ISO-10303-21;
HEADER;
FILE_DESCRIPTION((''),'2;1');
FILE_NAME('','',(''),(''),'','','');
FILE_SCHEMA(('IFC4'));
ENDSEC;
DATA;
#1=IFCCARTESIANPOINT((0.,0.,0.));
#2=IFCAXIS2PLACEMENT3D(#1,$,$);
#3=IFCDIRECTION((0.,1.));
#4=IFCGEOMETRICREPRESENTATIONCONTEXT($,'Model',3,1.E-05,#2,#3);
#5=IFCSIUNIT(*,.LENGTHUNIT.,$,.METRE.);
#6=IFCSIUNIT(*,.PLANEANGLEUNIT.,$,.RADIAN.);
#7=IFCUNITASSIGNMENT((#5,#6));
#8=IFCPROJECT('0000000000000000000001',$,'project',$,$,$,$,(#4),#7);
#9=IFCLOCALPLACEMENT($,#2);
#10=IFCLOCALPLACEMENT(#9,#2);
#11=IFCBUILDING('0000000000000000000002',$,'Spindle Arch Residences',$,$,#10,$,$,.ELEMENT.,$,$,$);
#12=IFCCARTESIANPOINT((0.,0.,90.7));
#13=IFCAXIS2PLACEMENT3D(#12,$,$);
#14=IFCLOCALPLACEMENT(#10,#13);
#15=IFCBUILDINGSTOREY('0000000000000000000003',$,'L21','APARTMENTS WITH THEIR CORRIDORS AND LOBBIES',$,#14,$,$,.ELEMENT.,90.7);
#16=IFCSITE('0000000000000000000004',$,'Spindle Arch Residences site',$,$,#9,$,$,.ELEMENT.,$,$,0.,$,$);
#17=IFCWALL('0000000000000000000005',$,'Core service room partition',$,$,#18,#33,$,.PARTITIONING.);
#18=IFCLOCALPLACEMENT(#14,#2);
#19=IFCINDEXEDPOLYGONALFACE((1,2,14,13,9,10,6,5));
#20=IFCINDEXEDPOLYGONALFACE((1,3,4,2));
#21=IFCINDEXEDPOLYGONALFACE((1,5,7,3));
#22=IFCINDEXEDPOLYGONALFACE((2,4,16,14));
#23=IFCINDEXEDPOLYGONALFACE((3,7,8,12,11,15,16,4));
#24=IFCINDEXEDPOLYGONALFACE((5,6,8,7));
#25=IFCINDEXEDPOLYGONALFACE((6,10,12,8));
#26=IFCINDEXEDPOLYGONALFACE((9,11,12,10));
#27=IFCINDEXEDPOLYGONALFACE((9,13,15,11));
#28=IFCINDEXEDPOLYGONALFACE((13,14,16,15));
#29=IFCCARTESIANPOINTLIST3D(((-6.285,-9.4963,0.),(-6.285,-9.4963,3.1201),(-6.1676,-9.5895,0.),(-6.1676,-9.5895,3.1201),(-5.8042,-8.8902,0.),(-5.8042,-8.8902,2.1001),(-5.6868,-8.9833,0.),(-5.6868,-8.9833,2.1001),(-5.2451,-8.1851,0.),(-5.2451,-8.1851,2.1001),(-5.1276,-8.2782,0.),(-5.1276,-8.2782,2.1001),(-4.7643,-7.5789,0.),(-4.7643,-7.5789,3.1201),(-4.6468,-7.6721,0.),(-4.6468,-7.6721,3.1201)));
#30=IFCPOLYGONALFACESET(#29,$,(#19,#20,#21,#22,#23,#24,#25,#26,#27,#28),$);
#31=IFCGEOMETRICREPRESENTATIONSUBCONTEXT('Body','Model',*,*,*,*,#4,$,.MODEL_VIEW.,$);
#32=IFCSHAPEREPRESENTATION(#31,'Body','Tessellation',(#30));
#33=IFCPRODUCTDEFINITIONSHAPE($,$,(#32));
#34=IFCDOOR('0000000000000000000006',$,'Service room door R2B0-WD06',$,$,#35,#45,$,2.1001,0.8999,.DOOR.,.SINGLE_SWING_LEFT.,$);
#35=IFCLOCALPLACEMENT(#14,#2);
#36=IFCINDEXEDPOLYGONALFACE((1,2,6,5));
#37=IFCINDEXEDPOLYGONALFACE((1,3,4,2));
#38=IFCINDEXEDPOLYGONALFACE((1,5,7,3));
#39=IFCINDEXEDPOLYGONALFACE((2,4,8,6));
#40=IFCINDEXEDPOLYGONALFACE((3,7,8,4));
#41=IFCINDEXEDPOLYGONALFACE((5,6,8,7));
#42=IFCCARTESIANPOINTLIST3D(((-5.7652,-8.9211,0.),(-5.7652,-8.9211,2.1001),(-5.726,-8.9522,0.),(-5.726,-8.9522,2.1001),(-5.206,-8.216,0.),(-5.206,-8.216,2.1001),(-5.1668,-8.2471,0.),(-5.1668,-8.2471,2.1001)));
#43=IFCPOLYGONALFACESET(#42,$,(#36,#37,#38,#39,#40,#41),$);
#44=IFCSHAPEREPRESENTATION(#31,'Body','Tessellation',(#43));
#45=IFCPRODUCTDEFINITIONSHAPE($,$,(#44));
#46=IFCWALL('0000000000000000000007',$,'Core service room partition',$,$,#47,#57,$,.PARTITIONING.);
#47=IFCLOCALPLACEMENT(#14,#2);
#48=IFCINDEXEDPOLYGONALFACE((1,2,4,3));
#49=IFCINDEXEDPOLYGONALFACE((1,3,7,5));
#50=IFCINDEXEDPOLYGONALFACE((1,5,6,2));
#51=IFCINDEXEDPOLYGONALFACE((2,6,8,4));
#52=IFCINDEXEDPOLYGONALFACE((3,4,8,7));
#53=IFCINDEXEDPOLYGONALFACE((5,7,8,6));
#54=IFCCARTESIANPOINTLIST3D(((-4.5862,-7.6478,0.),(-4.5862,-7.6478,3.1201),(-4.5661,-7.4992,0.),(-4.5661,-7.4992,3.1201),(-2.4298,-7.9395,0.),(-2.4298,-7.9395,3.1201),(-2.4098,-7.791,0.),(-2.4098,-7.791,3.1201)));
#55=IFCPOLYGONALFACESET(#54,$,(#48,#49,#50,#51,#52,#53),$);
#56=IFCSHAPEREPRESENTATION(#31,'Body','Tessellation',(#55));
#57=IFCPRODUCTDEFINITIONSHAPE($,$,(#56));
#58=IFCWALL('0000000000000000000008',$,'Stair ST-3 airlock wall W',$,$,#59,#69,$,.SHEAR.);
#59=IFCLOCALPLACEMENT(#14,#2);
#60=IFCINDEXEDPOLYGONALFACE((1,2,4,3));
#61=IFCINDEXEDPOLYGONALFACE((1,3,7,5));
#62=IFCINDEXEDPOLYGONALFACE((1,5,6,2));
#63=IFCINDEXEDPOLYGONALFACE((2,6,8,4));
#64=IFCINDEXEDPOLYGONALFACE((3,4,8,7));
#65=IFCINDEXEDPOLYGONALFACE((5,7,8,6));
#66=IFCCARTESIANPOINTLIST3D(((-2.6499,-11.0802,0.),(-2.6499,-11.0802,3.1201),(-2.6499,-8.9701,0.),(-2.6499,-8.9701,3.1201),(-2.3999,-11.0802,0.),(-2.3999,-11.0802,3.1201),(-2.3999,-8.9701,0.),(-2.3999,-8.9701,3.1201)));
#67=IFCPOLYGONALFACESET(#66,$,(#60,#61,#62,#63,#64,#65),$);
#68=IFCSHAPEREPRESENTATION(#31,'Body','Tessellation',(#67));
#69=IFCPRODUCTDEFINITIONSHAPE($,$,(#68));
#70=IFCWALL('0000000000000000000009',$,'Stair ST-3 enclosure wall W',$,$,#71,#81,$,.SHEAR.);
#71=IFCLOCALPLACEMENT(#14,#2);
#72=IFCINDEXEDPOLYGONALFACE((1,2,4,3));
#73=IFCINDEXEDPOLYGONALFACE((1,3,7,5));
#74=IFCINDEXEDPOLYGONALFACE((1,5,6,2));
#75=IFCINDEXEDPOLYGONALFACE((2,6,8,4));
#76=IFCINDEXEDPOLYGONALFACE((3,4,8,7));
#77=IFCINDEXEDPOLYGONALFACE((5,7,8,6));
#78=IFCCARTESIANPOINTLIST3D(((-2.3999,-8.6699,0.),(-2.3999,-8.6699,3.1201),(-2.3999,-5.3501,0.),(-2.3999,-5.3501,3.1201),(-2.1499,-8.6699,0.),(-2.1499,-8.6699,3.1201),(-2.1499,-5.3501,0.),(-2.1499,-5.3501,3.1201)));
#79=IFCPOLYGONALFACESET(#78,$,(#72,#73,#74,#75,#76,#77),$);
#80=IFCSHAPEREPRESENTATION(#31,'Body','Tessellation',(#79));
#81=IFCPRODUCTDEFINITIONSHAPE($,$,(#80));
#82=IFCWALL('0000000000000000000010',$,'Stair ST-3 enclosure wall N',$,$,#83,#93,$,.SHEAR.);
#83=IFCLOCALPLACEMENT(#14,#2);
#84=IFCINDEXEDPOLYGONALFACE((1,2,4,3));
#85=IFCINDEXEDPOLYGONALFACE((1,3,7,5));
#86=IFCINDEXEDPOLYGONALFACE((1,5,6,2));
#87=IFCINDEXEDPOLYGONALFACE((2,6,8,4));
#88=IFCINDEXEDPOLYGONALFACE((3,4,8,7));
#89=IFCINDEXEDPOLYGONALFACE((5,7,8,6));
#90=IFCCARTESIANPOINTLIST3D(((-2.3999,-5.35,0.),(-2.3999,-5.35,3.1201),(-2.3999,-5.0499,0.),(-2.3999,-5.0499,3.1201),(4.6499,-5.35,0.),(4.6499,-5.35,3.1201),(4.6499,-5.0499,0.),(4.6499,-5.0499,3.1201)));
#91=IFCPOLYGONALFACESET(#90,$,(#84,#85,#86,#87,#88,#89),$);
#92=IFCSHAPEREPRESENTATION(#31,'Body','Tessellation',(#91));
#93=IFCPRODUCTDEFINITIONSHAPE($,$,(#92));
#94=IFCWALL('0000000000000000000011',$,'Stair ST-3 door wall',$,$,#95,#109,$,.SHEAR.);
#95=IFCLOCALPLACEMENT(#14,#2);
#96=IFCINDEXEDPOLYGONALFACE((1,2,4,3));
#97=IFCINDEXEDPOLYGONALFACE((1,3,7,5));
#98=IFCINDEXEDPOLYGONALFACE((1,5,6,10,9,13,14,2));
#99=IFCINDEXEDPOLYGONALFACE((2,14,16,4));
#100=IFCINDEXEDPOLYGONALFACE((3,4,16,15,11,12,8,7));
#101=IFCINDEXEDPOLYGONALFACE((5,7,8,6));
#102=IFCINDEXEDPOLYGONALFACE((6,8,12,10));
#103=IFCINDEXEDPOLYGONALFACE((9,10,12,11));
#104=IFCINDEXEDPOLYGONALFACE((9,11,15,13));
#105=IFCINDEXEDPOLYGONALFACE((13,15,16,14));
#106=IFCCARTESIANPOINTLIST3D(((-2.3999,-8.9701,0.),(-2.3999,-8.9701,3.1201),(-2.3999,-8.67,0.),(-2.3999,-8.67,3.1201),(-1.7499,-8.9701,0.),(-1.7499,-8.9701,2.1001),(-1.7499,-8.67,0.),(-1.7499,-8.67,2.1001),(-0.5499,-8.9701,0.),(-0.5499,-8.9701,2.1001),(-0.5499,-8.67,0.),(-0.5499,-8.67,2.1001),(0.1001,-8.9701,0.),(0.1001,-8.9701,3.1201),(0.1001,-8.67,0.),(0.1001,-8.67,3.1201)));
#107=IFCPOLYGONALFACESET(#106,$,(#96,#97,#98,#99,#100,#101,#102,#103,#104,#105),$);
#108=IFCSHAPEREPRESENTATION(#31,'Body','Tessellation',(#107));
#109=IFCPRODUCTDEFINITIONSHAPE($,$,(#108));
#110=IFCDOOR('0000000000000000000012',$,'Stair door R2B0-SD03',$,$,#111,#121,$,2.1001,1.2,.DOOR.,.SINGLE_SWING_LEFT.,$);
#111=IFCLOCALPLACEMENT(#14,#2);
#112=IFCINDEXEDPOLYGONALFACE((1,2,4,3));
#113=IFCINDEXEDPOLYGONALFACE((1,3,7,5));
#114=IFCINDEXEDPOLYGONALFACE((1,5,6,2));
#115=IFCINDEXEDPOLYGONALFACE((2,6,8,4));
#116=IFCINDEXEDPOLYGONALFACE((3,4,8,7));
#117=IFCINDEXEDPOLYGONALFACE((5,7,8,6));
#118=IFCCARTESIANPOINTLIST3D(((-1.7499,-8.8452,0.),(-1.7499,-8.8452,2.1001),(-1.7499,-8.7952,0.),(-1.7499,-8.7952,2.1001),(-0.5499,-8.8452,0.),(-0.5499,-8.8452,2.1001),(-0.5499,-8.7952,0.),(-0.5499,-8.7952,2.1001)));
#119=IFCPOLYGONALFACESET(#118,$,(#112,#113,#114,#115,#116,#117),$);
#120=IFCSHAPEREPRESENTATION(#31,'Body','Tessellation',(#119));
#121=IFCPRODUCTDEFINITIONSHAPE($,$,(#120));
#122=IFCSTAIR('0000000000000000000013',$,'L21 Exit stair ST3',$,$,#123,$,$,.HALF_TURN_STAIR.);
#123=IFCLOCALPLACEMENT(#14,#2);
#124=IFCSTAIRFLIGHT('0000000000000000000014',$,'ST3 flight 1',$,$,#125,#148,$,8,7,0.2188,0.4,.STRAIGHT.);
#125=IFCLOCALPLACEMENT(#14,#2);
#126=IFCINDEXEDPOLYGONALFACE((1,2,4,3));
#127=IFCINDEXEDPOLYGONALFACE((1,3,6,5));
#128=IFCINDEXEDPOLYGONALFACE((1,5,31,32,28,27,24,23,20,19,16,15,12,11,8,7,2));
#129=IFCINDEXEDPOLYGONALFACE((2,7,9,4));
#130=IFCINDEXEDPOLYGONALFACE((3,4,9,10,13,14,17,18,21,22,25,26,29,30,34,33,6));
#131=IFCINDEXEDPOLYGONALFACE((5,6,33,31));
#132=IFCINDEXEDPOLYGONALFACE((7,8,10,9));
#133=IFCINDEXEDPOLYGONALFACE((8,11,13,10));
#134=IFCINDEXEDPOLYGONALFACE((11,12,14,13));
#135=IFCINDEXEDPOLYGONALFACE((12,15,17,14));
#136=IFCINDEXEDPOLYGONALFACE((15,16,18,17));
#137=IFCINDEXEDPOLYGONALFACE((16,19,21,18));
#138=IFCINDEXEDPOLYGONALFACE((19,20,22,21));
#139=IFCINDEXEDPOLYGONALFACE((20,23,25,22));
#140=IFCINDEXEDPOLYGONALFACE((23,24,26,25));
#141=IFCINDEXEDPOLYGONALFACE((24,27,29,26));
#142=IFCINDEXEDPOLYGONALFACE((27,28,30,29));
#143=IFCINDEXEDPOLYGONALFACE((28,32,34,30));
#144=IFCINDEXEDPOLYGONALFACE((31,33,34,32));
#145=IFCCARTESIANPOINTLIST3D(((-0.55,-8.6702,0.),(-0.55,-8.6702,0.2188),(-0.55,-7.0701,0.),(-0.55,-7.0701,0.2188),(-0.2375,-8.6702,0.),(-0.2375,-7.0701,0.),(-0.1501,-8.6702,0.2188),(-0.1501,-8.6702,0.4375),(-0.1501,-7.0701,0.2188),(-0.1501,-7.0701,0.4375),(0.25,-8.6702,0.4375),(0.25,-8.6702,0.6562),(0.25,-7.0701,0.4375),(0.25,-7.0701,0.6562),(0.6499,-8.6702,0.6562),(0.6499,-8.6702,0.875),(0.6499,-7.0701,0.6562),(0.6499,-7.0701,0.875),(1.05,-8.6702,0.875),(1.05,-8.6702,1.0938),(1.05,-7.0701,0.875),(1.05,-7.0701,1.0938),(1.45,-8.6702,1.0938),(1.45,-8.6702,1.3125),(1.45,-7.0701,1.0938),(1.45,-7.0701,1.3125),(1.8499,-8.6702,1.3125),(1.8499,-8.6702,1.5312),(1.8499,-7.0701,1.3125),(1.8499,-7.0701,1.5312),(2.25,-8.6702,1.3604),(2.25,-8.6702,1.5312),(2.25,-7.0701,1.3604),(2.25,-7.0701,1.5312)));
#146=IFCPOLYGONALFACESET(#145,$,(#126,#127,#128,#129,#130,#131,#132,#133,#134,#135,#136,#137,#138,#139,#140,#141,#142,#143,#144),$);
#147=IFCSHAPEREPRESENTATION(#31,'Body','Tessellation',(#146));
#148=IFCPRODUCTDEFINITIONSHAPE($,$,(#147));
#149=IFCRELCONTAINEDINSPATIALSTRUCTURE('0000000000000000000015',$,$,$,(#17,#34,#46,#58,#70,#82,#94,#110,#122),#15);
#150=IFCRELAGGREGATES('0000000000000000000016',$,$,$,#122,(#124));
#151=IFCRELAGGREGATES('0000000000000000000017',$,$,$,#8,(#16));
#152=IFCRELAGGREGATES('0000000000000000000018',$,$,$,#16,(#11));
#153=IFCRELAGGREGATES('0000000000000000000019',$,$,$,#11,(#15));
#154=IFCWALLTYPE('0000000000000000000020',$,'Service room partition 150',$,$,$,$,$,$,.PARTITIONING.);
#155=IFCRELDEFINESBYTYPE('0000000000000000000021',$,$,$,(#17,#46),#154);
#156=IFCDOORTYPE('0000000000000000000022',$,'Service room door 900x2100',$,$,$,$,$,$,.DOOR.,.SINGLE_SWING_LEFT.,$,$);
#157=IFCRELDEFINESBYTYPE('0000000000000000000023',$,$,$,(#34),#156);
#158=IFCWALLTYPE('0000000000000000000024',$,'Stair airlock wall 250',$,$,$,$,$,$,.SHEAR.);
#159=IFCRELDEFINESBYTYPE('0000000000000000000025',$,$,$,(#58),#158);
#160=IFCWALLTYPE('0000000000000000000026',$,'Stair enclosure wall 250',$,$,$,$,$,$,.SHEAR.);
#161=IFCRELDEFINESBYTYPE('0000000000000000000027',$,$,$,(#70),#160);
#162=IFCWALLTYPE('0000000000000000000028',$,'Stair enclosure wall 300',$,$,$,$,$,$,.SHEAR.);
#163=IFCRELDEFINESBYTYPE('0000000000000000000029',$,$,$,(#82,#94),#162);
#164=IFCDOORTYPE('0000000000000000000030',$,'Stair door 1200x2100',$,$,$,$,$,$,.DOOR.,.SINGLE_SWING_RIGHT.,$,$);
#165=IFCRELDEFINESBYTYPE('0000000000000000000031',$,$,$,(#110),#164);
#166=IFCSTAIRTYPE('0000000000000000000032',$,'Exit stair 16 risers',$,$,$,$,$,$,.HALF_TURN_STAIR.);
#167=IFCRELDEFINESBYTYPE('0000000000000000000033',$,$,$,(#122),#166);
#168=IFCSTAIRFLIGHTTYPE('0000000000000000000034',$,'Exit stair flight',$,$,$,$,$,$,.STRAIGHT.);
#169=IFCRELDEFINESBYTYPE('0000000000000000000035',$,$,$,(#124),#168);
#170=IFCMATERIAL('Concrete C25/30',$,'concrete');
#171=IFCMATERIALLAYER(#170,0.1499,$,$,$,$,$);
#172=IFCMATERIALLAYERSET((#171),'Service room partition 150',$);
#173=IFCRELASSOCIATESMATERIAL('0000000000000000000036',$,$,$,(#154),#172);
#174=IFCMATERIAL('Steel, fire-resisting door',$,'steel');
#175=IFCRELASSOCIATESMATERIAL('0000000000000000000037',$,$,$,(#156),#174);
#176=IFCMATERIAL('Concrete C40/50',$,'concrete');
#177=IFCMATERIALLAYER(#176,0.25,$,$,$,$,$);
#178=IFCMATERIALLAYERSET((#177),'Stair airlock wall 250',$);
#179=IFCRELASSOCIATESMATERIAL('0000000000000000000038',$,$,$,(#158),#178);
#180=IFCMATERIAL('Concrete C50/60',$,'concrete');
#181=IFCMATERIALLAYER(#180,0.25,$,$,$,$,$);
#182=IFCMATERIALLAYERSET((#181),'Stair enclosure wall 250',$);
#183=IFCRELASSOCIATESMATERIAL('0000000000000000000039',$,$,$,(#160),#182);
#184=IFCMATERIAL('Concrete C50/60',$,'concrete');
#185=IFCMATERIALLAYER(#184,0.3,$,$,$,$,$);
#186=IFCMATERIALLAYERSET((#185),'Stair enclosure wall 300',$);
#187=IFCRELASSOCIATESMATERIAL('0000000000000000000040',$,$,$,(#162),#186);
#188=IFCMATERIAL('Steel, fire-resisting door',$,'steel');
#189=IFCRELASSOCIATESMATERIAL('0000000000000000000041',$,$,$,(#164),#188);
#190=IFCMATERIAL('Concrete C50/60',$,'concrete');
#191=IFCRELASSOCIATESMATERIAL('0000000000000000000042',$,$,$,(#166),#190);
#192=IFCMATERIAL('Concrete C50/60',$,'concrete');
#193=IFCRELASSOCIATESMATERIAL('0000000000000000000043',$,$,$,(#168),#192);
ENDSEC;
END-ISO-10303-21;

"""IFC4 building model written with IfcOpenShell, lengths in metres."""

from ifc_helpers import new_model, si_unit, direction, frame, frame_2d, origin, place, context, subcontext, project, spatial, polyline, rectangle, outline, extrude, material, layer, layer_set, type_object, element, fill, aggregate, save


model = new_model("IFC4")

# Units and contexts
model_context = context("Model", 3, precision=1e-05, world=origin(), true_north=direction((0.0, 1.0)))
body_context = subcontext(model_context, "Body", "Model", "MODEL_VIEW")
ifc_project = project(units=[si_unit("LENGTHUNIT", "METRE"), si_unit("PLANEANGLEUNIT", "RADIAN")], contexts=[model_context])

# Site, building, storey
site_placement = place(None, origin())
site = spatial("IfcSite", under=ifc_project, at=site_placement, Name="Spindle Arch Residences site", CompositionType="ELEMENT", RefElevation=0.0)
building_placement = place(site_placement, origin())
building = spatial("IfcBuilding", under=site, at=building_placement, Name="Spindle Arch Residences", CompositionType="ELEMENT")
storey_placement = place(building_placement, frame((0.0, 0.0, 90.7)))
storey = spatial("IfcBuildingStorey", under=building, at=storey_placement, Name="L21", Description="APARTMENTS WITH THEIR CORRIDORS AND LOBBIES", CompositionType="ELEMENT", Elevation=90.7)

# Wall, opening, door
ifc_material_1 = material(Name="Concrete C25/30", Category="concrete")
ifc_layer_1 = layer(ifc_material_1, 0.1499)
ifc_layer_set_1 = layer_set([ifc_layer_1], Name="Service room partition 150")
wall_type_1 = type_object("IfcWallType", Name="Service room partition 150", PredefinedType="PARTITIONING", material=ifc_layer_set_1)
ifc_material_2 = material(Name="Steel, fire-resisting door", Category="steel")
door_type_1 = type_object("IfcDoorType", Name="Service room door 900x2100", OperationType="SINGLE_SWING_LEFT", PredefinedType="DOOR", material=ifc_material_2)
wall_1_placement = place(storey_placement, frame((-4.7056, -7.6255, 0.0), z_axis=(0.0, 0.0, 1.0), x_axis=(-0.621393, -0.783499, 0.0)))
wall_1 = element("IfcWall", 1, at=wall_1_placement, inside=storey, type_object=wall_type_1, Name="Core service room partition", PredefinedType="PARTITIONING", context=body_context, shape_type="SweptSolid", body=[
    extrude(rectangle(XDim=2.4473, YDim=0.1499, at=frame_2d((1.2236, 0.0))), origin(), (0.0, 0.0, 1.0), 3.1201),
])
opening_1_placement = place(wall_1_placement, frame((0.7737, 0.0, 0.0)))
opening_1 = element("IfcOpeningElement", 2, at=opening_1_placement, cuts=wall_1, PredefinedType="OPENING", context=body_context, shape_type="SweptSolid", body=[
    extrude(rectangle(XDim=0.8999, YDim=2.1001, at=frame_2d((0.45, 1.05))), frame((0.0, 0.085, 0.0), z_axis=(0.0, -1.0, 0.0), x_axis=(1.0, 0.0, 0.0)), (0.0, 0.0, 1.0), 0.1699),
])
door_1_placement = place(opening_1_placement, origin())
door_1 = element("IfcDoor", 3, at=door_1_placement, inside=storey, type_object=door_type_1, Name="Service room door R2B0-WD06", OperationType="SINGLE_SWING_LEFT", OverallHeight=2.1001, OverallWidth=0.8999, PredefinedType="DOOR", context=body_context, shape_type="SweptSolid", body=[
    extrude(rectangle(XDim=0.8999, YDim=2.1001, at=frame_2d((0.45, 1.05))), frame((0.0, 0.0249, 0.0), z_axis=(0.0, -1.0, 0.0), x_axis=(1.0, 0.0, 0.0)), (0.0, 0.0, 1.0), 0.05),
])
fill(opening_1, door_1)

# Walls
wall_2_placement = place(storey_placement, frame((-2.4199, -7.8652, 0.0), z_axis=(0.0, 0.0, 1.0), x_axis=(-0.990972, 0.134067, 0.0)))
element("IfcWall", 4, at=wall_2_placement, inside=storey, type_object=wall_type_1, Name="Core service room partition", PredefinedType="PARTITIONING", context=body_context, shape_type="SweptSolid", body=[
    extrude(rectangle(XDim=2.176, YDim=0.1499, at=frame_2d((1.0879, 0.0))), origin(), (0.0, 0.0, 1.0), 3.1201),
])
ifc_material_3 = material(Name="Concrete C40/50", Category="concrete")
ifc_layer_2 = layer(ifc_material_3, 0.25)
ifc_layer_set_2 = layer_set([ifc_layer_2], Name="Stair airlock wall 250")
wall_type_2 = type_object("IfcWallType", Name="Stair airlock wall 250", PredefinedType="SHEAR", material=ifc_layer_set_2)
wall_3_placement = place(storey_placement, frame((-2.5249, -8.97, 0.0), z_axis=(0.0, 0.0, 1.0), x_axis=(0.0, -1.0, 0.0)))
element("IfcWall", 5, at=wall_3_placement, inside=storey, type_object=wall_type_2, Name="Stair ST-3 airlock wall W", PredefinedType="SHEAR", context=body_context, shape_type="SweptSolid", body=[
    extrude(rectangle(XDim=2.1101, YDim=0.25, at=frame_2d((1.0552, 0.0))), origin(), (0.0, 0.0, 1.0), 3.1201),
])
ifc_material_4 = material(Name="Concrete C50/60", Category="concrete")
ifc_layer_3 = layer(ifc_material_4, 0.25)
ifc_layer_set_3 = layer_set([ifc_layer_3], Name="Stair enclosure wall 250")
wall_type_3 = type_object("IfcWallType", Name="Stair enclosure wall 250", PredefinedType="SHEAR", material=ifc_layer_set_3)
wall_4_placement = place(storey_placement, frame((-2.2749, -8.6699, 0.0), z_axis=(0.0, 0.0, 1.0), x_axis=(0.0, 1.0, 0.0)))
element("IfcWall", 6, at=wall_4_placement, inside=storey, type_object=wall_type_3, Name="Stair ST-3 enclosure wall W", PredefinedType="SHEAR", context=body_context, shape_type="SweptSolid", body=[
    extrude(rectangle(XDim=3.3198, YDim=0.25, at=frame_2d((1.6599, 0.0))), origin(), (0.0, 0.0, 1.0), 3.1201),
])
ifc_material_5 = material(Name="Concrete C50/60", Category="concrete")
ifc_layer_4 = layer(ifc_material_5, 0.3)
ifc_layer_set_4 = layer_set([ifc_layer_4], Name="Stair enclosure wall 300")
wall_type_4 = type_object("IfcWallType", Name="Stair enclosure wall 300", PredefinedType="SHEAR", material=ifc_layer_set_4)
wall_5_placement = place(storey_placement, frame((-2.3999, -5.2, 0.0), z_axis=(0.0, 0.0, 1.0), x_axis=(1.0, 0.0, 0.0)))
element("IfcWall", 7, at=wall_5_placement, inside=storey, type_object=wall_type_4, Name="Stair ST-3 enclosure wall N", PredefinedType="SHEAR", context=body_context, shape_type="SweptSolid", body=[
    extrude(rectangle(XDim=7.0498, YDim=0.3, at=frame_2d((3.5249, 0.0))), origin(), (0.0, 0.0, 1.0), 3.1201),
])

# Wall, opening, door
wall_6_placement = place(storey_placement, frame((-2.3999, -8.8201, 0.0), z_axis=(0.0, 0.0, 1.0), x_axis=(1.0, 0.0, 0.0)))
wall_6 = element("IfcWall", 8, at=wall_6_placement, inside=storey, type_object=wall_type_4, Name="Stair ST-3 door wall", PredefinedType="SHEAR", context=body_context, shape_type="SweptSolid", body=[
    extrude(rectangle(XDim=2.5, YDim=0.3, at=frame_2d((1.25, 0.0))), origin(), (0.0, 0.0, 1.0), 3.1201),
])
opening_2_placement = place(wall_6_placement, frame((0.6499, 0.0, 0.0)))
opening_2 = element("IfcOpeningElement", 9, at=opening_2_placement, cuts=wall_6, PredefinedType="OPENING", context=body_context, shape_type="SweptSolid", body=[
    extrude(rectangle(XDim=1.2, YDim=2.1001, at=frame_2d((0.6001, 1.05))), frame((0.0, 0.1602, 0.0), z_axis=(0.0, -1.0, 0.0), x_axis=(1.0, 0.0, 0.0)), (0.0, 0.0, 1.0), 0.3201),
])
ifc_material_6 = material(Name="Steel, fire-resisting door", Category="steel")
door_type_2 = type_object("IfcDoorType", Name="Stair door 1200x2100", OperationType="SINGLE_SWING_RIGHT", PredefinedType="DOOR", material=ifc_material_6)
door_2_placement = place(opening_2_placement, origin())
door_2 = element("IfcDoor", 10, at=door_2_placement, inside=storey, type_object=door_type_2, Name="Stair door R2B0-SD03", OperationType="SINGLE_SWING_LEFT", OverallHeight=2.1001, OverallWidth=1.2, PredefinedType="DOOR", context=body_context, shape_type="SweptSolid", body=[
    extrude(rectangle(XDim=1.2, YDim=2.1001, at=frame_2d((0.6001, 1.05))), frame((0.0, 0.0249, 0.0), z_axis=(0.0, -1.0, 0.0), x_axis=(1.0, 0.0, 0.0)), (0.0, 0.0, 1.0), 0.05),
])
fill(opening_2, door_2)

# Stair, stair flight
ifc_material_7 = material(Name="Concrete C50/60", Category="concrete")
stair_type = type_object("IfcStairType", Name="Exit stair 16 risers", PredefinedType="HALF_TURN_STAIR", material=ifc_material_7)
stair_placement = place(storey_placement, origin())
stair = element("IfcStair", 11, at=stair_placement, inside=storey, type_object=stair_type, Name="L21 Exit stair ST3", PredefinedType="HALF_TURN_STAIR")
ifc_material_8 = material(Name="Concrete C50/60", Category="concrete")
stair_flight_type = type_object("IfcStairFlightType", Name="Exit stair flight", PredefinedType="STRAIGHT", material=ifc_material_8)
stair_flight_placement = place(storey_placement, frame((-0.55, -7.8701, 0.0), z_axis=(0.0, 0.0, 1.0), x_axis=(1.0, 0.0, 0.0)))
stair_flight = element("IfcStairFlight", 12, at=stair_flight_placement, type_object=stair_flight_type, Name="ST3 flight 1", NumberOfRisers=8, NumberOfTreads=7, PredefinedType="STRAIGHT", RiserHeight=0.2188, TreadLength=0.4, context=body_context, shape_type="SweptSolid", body=[
    extrude(outline(polyline([(0.0, 0.0), (0.0, 0.2188), (0.3999, 0.2188), (0.3999, 0.4375), (0.8, 0.4375), (0.8, 0.6562), (1.2, 0.6562), (1.2, 0.875), (1.6001, 0.875), (1.6001, 1.0938), (2.0, 1.0938), (2.0, 1.3125), (2.3999, 1.3125), (2.3999, 1.5312), (2.8, 1.5312), (2.8, 1.75), (2.8, 1.3604), (0.3125, 0.0), (0.0, 0.0)])), frame((0.0, 0.8, 0.0), z_axis=(0.0, -1.0, 0.0), x_axis=(1.0, 0.0, 0.0)), (0.0, 0.0, 1.0), 1.6001),
])
aggregate(stair, [stair_flight])

save(model, "model.ifc")
